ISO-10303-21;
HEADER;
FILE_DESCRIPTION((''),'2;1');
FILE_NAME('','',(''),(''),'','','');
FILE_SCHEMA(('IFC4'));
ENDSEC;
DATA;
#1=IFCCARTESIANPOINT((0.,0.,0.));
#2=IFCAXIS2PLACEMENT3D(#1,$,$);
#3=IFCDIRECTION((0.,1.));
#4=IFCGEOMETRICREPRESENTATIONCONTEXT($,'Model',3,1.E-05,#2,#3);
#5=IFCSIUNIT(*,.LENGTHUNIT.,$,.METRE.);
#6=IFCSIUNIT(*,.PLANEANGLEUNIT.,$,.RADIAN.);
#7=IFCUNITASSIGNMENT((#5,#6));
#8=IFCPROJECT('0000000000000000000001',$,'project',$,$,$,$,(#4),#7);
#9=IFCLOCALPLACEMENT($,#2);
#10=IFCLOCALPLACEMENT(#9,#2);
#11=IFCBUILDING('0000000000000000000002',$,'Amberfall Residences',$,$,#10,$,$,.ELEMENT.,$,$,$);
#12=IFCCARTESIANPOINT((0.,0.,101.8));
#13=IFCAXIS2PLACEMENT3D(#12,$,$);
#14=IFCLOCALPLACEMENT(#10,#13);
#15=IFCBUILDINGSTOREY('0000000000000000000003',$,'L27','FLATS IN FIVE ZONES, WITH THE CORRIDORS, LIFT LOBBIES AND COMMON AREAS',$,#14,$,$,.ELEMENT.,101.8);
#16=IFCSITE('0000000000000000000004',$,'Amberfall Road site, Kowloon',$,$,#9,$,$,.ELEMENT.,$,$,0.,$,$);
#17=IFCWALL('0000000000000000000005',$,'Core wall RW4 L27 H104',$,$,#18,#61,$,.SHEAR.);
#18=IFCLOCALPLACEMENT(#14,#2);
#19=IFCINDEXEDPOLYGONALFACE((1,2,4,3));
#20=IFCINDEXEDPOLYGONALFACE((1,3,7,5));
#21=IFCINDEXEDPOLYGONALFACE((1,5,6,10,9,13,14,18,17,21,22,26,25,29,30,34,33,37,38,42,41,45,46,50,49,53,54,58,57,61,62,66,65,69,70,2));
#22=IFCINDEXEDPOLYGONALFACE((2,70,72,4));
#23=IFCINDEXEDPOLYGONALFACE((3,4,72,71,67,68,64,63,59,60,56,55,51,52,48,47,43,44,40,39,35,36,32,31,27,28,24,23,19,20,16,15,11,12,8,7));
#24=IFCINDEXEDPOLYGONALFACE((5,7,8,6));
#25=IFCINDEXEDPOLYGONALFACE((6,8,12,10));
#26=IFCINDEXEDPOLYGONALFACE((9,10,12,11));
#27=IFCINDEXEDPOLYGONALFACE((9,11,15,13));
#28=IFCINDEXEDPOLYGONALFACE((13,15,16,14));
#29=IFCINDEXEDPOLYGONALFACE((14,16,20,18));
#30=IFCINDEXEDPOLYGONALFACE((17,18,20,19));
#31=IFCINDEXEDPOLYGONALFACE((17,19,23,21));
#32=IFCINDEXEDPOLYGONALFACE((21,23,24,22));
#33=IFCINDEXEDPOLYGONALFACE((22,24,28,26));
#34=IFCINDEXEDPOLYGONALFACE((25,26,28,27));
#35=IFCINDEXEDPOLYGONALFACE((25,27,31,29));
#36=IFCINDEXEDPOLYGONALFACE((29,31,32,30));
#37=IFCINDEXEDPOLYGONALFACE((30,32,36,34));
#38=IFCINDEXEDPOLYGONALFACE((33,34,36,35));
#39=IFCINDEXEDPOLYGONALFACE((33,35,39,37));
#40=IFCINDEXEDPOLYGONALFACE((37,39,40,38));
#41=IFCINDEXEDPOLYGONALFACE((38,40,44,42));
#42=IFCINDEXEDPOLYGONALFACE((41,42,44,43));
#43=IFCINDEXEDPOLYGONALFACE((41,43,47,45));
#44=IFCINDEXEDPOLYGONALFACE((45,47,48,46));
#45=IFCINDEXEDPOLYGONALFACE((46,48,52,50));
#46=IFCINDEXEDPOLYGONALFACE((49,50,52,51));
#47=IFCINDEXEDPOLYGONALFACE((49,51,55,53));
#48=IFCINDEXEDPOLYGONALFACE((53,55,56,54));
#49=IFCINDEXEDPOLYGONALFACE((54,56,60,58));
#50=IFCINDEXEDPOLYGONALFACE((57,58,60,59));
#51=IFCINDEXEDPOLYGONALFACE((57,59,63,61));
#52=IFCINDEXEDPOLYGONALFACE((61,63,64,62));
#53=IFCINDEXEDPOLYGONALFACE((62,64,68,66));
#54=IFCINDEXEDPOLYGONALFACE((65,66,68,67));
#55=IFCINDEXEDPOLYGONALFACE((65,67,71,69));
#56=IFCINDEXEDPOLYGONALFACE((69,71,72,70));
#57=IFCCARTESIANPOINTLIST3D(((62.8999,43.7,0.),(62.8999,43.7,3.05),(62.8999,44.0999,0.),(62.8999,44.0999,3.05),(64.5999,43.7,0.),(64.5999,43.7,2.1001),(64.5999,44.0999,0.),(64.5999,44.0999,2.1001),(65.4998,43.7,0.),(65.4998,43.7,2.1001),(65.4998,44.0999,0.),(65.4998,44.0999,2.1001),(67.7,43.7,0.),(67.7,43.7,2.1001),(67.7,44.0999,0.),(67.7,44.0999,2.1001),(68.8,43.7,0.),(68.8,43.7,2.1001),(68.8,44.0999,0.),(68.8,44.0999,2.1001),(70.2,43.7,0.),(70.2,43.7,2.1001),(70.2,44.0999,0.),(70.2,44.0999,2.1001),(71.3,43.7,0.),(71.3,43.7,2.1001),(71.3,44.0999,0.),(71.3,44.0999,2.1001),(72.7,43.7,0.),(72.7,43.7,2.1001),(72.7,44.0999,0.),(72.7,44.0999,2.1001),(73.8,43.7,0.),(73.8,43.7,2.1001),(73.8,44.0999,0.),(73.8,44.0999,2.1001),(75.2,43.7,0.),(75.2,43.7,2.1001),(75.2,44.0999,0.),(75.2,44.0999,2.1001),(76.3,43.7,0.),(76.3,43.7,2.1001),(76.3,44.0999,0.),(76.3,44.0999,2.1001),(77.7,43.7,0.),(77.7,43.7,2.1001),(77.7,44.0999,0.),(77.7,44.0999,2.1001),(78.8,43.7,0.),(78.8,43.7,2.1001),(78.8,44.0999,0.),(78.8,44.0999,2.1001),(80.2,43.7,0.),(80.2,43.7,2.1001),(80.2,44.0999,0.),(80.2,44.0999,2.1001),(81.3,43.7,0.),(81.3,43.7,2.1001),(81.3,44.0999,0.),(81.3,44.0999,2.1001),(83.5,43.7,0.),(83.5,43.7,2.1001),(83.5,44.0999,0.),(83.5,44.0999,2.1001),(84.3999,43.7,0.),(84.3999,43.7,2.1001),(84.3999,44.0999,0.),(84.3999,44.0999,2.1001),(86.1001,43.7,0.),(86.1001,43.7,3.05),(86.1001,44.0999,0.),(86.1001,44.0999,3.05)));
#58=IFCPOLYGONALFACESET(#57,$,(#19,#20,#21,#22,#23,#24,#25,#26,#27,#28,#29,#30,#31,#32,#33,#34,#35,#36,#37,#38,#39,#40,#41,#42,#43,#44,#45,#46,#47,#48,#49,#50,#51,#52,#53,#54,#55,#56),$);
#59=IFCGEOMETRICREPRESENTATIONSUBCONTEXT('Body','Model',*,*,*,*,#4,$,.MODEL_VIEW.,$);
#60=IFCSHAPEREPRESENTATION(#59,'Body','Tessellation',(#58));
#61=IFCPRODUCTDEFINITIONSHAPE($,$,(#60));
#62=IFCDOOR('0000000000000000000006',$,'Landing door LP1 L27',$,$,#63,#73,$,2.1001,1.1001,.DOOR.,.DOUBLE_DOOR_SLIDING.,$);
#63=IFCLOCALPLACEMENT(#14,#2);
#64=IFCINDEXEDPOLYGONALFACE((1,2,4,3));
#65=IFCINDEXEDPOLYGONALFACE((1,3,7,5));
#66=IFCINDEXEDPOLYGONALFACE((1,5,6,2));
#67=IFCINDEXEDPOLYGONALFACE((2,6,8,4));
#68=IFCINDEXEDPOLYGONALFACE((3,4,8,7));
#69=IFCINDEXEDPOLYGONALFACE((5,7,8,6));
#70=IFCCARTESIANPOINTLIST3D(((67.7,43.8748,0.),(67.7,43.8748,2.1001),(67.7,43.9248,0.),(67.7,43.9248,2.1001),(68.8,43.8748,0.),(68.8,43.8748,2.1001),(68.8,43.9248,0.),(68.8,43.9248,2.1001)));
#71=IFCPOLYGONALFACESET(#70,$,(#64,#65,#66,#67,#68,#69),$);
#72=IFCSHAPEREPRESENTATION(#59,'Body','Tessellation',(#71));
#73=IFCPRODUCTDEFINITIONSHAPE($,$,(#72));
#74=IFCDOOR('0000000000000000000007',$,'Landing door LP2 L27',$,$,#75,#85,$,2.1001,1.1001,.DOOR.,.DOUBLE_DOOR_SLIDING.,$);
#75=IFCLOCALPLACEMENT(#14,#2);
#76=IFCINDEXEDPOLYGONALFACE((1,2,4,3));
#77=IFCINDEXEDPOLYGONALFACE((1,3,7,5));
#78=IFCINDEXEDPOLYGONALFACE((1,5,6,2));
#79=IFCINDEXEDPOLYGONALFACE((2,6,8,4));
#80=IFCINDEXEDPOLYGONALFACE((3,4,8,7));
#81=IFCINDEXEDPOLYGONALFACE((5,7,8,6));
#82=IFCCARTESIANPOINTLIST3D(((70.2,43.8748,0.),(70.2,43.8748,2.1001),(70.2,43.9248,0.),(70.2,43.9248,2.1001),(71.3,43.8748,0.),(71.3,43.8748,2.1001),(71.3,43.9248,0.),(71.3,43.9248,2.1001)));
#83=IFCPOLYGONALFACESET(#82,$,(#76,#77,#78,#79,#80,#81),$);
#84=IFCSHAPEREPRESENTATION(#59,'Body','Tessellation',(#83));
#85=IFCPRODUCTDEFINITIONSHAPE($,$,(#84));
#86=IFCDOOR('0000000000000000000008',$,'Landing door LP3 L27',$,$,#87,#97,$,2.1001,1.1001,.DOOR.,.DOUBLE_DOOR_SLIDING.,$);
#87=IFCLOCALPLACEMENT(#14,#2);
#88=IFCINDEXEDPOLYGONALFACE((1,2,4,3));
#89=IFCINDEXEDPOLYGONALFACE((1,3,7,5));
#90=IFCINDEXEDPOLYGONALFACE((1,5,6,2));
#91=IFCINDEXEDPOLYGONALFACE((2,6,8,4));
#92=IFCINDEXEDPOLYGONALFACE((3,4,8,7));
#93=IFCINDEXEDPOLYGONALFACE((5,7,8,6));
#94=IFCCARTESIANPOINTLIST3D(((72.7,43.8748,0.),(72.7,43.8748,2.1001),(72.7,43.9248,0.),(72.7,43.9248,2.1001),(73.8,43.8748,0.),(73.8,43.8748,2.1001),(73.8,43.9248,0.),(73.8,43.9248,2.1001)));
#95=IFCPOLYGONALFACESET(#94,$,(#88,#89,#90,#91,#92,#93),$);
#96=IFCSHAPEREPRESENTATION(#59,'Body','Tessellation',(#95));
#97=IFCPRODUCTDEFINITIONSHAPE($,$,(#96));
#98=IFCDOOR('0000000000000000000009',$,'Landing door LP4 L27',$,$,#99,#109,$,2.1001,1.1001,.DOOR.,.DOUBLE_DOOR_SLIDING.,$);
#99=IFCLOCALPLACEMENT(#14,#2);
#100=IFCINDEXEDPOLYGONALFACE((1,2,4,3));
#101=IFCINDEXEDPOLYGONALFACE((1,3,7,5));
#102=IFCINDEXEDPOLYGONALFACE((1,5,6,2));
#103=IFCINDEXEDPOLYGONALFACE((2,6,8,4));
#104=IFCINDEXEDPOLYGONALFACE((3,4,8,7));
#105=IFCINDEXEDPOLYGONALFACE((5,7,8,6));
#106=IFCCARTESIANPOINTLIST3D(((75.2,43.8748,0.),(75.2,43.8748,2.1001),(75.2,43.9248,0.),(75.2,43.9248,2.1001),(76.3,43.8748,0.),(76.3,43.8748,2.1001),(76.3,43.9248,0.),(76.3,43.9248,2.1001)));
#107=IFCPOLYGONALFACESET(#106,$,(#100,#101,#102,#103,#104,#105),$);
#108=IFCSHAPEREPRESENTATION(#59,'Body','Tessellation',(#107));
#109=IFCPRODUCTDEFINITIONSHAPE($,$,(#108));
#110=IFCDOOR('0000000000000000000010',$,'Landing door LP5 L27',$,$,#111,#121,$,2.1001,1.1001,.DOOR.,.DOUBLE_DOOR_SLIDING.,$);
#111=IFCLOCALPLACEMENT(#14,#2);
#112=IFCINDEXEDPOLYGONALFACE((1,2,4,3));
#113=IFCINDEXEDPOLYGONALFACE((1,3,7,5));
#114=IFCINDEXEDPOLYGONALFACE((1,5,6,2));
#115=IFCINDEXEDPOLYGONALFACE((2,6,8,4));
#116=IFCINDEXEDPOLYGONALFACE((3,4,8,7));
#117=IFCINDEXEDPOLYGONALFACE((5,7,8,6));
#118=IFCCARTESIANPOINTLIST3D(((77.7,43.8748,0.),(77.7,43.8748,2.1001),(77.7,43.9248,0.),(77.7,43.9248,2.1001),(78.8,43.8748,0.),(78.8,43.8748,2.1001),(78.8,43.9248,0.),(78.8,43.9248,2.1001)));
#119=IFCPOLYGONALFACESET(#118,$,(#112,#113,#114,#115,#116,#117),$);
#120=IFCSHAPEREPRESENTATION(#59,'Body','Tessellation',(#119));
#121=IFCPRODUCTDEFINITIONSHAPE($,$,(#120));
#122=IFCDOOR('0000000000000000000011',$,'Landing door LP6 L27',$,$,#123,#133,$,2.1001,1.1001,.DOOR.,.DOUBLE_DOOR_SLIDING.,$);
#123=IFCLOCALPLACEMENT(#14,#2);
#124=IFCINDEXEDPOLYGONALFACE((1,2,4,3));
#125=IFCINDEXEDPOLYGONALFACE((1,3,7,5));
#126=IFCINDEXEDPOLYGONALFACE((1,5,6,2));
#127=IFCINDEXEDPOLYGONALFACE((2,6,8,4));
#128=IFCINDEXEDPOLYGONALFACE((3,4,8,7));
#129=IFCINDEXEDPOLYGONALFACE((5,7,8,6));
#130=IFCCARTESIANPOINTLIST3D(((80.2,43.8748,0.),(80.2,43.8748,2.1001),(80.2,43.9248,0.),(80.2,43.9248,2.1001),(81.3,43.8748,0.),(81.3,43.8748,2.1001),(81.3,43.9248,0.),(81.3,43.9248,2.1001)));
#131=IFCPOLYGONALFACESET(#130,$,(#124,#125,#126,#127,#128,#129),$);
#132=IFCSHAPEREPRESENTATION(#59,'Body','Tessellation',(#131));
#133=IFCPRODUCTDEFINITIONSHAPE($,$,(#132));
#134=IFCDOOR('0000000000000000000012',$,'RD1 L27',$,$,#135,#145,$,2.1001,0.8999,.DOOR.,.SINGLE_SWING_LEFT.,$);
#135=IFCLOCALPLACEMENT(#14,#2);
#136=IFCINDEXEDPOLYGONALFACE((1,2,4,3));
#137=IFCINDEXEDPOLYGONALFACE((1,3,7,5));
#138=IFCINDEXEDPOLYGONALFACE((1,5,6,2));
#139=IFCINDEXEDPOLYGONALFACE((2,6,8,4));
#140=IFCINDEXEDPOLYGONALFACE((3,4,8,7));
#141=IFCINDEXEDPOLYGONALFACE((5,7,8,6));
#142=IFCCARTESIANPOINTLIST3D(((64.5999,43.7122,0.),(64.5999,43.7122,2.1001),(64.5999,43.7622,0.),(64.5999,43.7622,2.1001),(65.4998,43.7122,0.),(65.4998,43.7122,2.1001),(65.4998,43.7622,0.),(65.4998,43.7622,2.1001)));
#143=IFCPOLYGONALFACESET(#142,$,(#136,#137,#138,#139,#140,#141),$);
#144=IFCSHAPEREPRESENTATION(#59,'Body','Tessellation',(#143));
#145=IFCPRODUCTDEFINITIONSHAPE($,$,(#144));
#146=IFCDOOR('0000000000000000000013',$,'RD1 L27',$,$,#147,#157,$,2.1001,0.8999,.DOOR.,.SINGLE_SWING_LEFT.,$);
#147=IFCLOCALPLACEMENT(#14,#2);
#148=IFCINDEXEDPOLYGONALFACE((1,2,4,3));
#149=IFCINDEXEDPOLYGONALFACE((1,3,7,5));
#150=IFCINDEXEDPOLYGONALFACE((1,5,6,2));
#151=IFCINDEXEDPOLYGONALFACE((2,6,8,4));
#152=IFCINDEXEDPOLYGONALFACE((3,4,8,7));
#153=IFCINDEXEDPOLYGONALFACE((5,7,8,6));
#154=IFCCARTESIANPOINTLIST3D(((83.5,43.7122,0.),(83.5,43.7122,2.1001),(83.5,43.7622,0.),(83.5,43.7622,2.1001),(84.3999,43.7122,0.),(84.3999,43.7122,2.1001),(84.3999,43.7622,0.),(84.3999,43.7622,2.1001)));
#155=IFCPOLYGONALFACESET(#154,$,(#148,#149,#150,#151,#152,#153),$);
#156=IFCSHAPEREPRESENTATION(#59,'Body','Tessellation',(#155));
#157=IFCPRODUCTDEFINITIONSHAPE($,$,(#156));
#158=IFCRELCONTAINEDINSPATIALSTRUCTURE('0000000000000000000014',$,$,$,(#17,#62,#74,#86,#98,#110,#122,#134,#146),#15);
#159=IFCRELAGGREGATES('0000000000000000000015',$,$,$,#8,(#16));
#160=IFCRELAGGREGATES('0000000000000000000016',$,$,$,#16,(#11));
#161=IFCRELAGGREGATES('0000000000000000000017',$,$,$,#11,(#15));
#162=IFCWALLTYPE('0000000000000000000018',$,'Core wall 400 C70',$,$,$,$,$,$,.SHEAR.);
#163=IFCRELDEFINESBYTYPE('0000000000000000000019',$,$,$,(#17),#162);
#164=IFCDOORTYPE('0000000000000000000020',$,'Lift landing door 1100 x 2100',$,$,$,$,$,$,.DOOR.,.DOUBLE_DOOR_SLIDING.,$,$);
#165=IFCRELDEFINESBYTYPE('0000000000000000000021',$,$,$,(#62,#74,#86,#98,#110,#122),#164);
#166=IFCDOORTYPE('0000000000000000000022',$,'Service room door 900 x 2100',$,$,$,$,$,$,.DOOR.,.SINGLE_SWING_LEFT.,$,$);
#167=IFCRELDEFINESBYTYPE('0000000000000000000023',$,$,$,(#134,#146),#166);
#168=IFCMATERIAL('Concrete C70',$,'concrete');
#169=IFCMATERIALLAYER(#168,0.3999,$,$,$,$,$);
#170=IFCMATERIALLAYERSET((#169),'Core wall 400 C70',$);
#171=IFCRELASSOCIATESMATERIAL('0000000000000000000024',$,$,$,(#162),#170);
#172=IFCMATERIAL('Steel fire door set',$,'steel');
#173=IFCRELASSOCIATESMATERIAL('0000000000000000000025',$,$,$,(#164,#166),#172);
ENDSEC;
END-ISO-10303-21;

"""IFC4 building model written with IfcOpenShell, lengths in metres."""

from ifc_helpers import new_model, si_unit, direction, frame, frame_2d, origin, place, context, subcontext, project, spatial, rectangle, extrude, material, layer, layer_set, type_object, element, fill, save


model = new_model("IFC4")

# Units and contexts
model_context = context("Model", 3, precision=1e-05, world=origin(), true_north=direction((0.0, 1.0)))
body_context = subcontext(model_context, "Body", "Model", "MODEL_VIEW")
ifc_project = project(units=[si_unit("LENGTHUNIT", "METRE"), si_unit("PLANEANGLEUNIT", "RADIAN")], contexts=[model_context])

# Site, building, storey
site_placement = place(None, origin())
site = spatial("IfcSite", under=ifc_project, at=site_placement, Name="Amberfall Road site, Kowloon", CompositionType="ELEMENT", RefElevation=0.0)
building_placement = place(site_placement, origin())
building = spatial("IfcBuilding", under=site, at=building_placement, Name="Amberfall Residences", CompositionType="ELEMENT")
storey_placement = place(building_placement, frame((0.0, 0.0, 101.8)))
storey = spatial("IfcBuildingStorey", under=building, at=storey_placement, Name="L27", Description="FLATS IN FIVE ZONES, WITH THE CORRIDORS, LIFT LOBBIES AND COMMON AREAS", CompositionType="ELEMENT", Elevation=101.8)

# Shared definitions
ifc_material_1 = material(Name="Concrete C70", Category="concrete")
ifc_layer_1 = layer(ifc_material_1, 0.3999)
ifc_layer_set_1 = layer_set([ifc_layer_1], Name="Core wall 400 C70")
wall_type_1 = type_object("IfcWallType", Name="Core wall 400 C70", PredefinedType="SHEAR", material=ifc_layer_set_1)

# Wall, openings, doors
wall_1_placement = place(storey_placement, frame((62.8999, 43.8999, 0.0), z_axis=(0.0, 0.0, 1.0), x_axis=(1.0, 0.0, 0.0)))
wall_1 = element("IfcWall", 1, at=wall_1_placement, inside=storey, type_object=wall_type_1, Name="Core wall RW4 L27 H104", PredefinedType="SHEAR", context=body_context, shape_type="SweptSolid", body=[
    extrude(rectangle(XDim=23.2002, YDim=0.3999, at=frame_2d((11.6001, 0.0))), origin(), (0.0, 0.0, 1.0), 3.05),
])
opening_1_placement = place(wall_1_placement, frame((1.7, 0.0, 0.0)))
opening_1 = element("IfcOpeningElement", 2, at=opening_1_placement, cuts=wall_1, PredefinedType="OPENING", context=body_context, shape_type="SweptSolid", body=[
    extrude(rectangle(XDim=0.8999, YDim=2.1001, at=frame_2d((0.45, 1.05))), frame((0.0, 0.21, 0.0), z_axis=(0.0, -1.0, 0.0), x_axis=(1.0, 0.0, 0.0)), (0.0, 0.0, 1.0), 0.4199),
])
opening_2_placement = place(wall_1_placement, frame((20.6001, 0.0, 0.0)))
opening_2 = element("IfcOpeningElement", 3, at=opening_2_placement, cuts=wall_1, PredefinedType="OPENING", context=body_context, shape_type="SweptSolid", body=[
    extrude(rectangle(XDim=0.8999, YDim=2.1001, at=frame_2d((0.45, 1.05))), frame((0.0, 0.21, 0.0), z_axis=(0.0, -1.0, 0.0), x_axis=(1.0, 0.0, 0.0)), (0.0, 0.0, 1.0), 0.4199),
])
opening_3_placement = place(wall_1_placement, frame((4.8, 0.0, 0.0)))
opening_3 = element("IfcOpeningElement", 4, at=opening_3_placement, cuts=wall_1, PredefinedType="OPENING", context=body_context, shape_type="SweptSolid", body=[
    extrude(rectangle(XDim=1.1001, YDim=2.1001, at=frame_2d((0.55, 1.05))), frame((0.0, 0.21, 0.0), z_axis=(0.0, -1.0, 0.0), x_axis=(1.0, 0.0, 0.0)), (0.0, 0.0, 1.0), 0.4199),
])
opening_4_placement = place(wall_1_placement, frame((7.3, 0.0, 0.0)))
opening_4 = element("IfcOpeningElement", 5, at=opening_4_placement, cuts=wall_1, PredefinedType="OPENING", context=body_context, shape_type="SweptSolid", body=[
    extrude(rectangle(XDim=1.1001, YDim=2.1001, at=frame_2d((0.55, 1.05))), frame((0.0, 0.21, 0.0), z_axis=(0.0, -1.0, 0.0), x_axis=(1.0, 0.0, 0.0)), (0.0, 0.0, 1.0), 0.4199),
])
opening_5_placement = place(wall_1_placement, frame((9.8, 0.0, 0.0)))
opening_5 = element("IfcOpeningElement", 6, at=opening_5_placement, cuts=wall_1, PredefinedType="OPENING", context=body_context, shape_type="SweptSolid", body=[
    extrude(rectangle(XDim=1.1001, YDim=2.1001, at=frame_2d((0.55, 1.05))), frame((0.0, 0.21, 0.0), z_axis=(0.0, -1.0, 0.0), x_axis=(1.0, 0.0, 0.0)), (0.0, 0.0, 1.0), 0.4199),
])
opening_6_placement = place(wall_1_placement, frame((12.3, 0.0, 0.0)))
opening_6 = element("IfcOpeningElement", 7, at=opening_6_placement, cuts=wall_1, PredefinedType="OPENING", context=body_context, shape_type="SweptSolid", body=[
    extrude(rectangle(XDim=1.1001, YDim=2.1001, at=frame_2d((0.55, 1.05))), frame((0.0, 0.21, 0.0), z_axis=(0.0, -1.0, 0.0), x_axis=(1.0, 0.0, 0.0)), (0.0, 0.0, 1.0), 0.4199),
])
opening_7_placement = place(wall_1_placement, frame((14.8, 0.0, 0.0)))
opening_7 = element("IfcOpeningElement", 8, at=opening_7_placement, cuts=wall_1, PredefinedType="OPENING", context=body_context, shape_type="SweptSolid", body=[
    extrude(rectangle(XDim=1.1001, YDim=2.1001, at=frame_2d((0.55, 1.05))), frame((0.0, 0.21, 0.0), z_axis=(0.0, -1.0, 0.0), x_axis=(1.0, 0.0, 0.0)), (0.0, 0.0, 1.0), 0.4199),
])
opening_8_placement = place(wall_1_placement, frame((17.3, 0.0, 0.0)))
opening_8 = element("IfcOpeningElement", 9, at=opening_8_placement, cuts=wall_1, PredefinedType="OPENING", context=body_context, shape_type="SweptSolid", body=[
    extrude(rectangle(XDim=1.1001, YDim=2.1001, at=frame_2d((0.55, 1.05))), frame((0.0, 0.21, 0.0), z_axis=(0.0, -1.0, 0.0), x_axis=(1.0, 0.0, 0.0)), (0.0, 0.0, 1.0), 0.4199),
])
ifc_material_2 = material(Name="Steel fire door set", Category="steel")
door_type_1 = type_object("IfcDoorType", Name="Lift landing door 1100 x 2100", OperationType="DOUBLE_DOOR_SLIDING", PredefinedType="DOOR", material=ifc_material_2)
door_1_placement = place(opening_3_placement, origin())
door_1 = element("IfcDoor", 10, at=door_1_placement, inside=storey, type_object=door_type_1, Name="Landing door LP1 L27", OperationType="DOUBLE_DOOR_SLIDING", OverallHeight=2.1001, OverallWidth=1.1001, PredefinedType="DOOR", context=body_context, shape_type="SweptSolid", body=[
    extrude(rectangle(XDim=1.1001, YDim=2.1001, at=frame_2d((0.55, 1.05))), frame((0.0, 0.0249, 0.0), z_axis=(0.0, -1.0, 0.0), x_axis=(1.0, 0.0, 0.0)), (0.0, 0.0, 1.0), 0.05),
])
fill(opening_3, door_1)
door_2_placement = place(opening_4_placement, origin())
door_2 = element("IfcDoor", 11, at=door_2_placement, inside=storey, type_object=door_type_1, Name="Landing door LP2 L27", OperationType="DOUBLE_DOOR_SLIDING", OverallHeight=2.1001, OverallWidth=1.1001, PredefinedType="DOOR", context=body_context, shape_type="SweptSolid", body=[
    extrude(rectangle(XDim=1.1001, YDim=2.1001, at=frame_2d((0.55, 1.05))), frame((0.0, 0.0249, 0.0), z_axis=(0.0, -1.0, 0.0), x_axis=(1.0, 0.0, 0.0)), (0.0, 0.0, 1.0), 0.05),
])
fill(opening_4, door_2)
door_3_placement = place(opening_5_placement, origin())
door_3 = element("IfcDoor", 12, at=door_3_placement, inside=storey, type_object=door_type_1, Name="Landing door LP3 L27", OperationType="DOUBLE_DOOR_SLIDING", OverallHeight=2.1001, OverallWidth=1.1001, PredefinedType="DOOR", context=body_context, shape_type="SweptSolid", body=[
    extrude(rectangle(XDim=1.1001, YDim=2.1001, at=frame_2d((0.55, 1.05))), frame((0.0, 0.0249, 0.0), z_axis=(0.0, -1.0, 0.0), x_axis=(1.0, 0.0, 0.0)), (0.0, 0.0, 1.0), 0.05),
])
fill(opening_5, door_3)
door_4_placement = place(opening_6_placement, origin())
door_4 = element("IfcDoor", 13, at=door_4_placement, inside=storey, type_object=door_type_1, Name="Landing door LP4 L27", OperationType="DOUBLE_DOOR_SLIDING", OverallHeight=2.1001, OverallWidth=1.1001, PredefinedType="DOOR", context=body_context, shape_type="SweptSolid", body=[
    extrude(rectangle(XDim=1.1001, YDim=2.1001, at=frame_2d((0.55, 1.05))), frame((0.0, 0.0249, 0.0), z_axis=(0.0, -1.0, 0.0), x_axis=(1.0, 0.0, 0.0)), (0.0, 0.0, 1.0), 0.05),
])
fill(opening_6, door_4)
door_5_placement = place(opening_7_placement, origin())
door_5 = element("IfcDoor", 14, at=door_5_placement, inside=storey, type_object=door_type_1, Name="Landing door LP5 L27", OperationType="DOUBLE_DOOR_SLIDING", OverallHeight=2.1001, OverallWidth=1.1001, PredefinedType="DOOR", context=body_context, shape_type="SweptSolid", body=[
    extrude(rectangle(XDim=1.1001, YDim=2.1001, at=frame_2d((0.55, 1.05))), frame((0.0, 0.0249, 0.0), z_axis=(0.0, -1.0, 0.0), x_axis=(1.0, 0.0, 0.0)), (0.0, 0.0, 1.0), 0.05),
])
fill(opening_7, door_5)
door_6_placement = place(opening_8_placement, origin())
door_6 = element("IfcDoor", 15, at=door_6_placement, inside=storey, type_object=door_type_1, Name="Landing door LP6 L27", OperationType="DOUBLE_DOOR_SLIDING", OverallHeight=2.1001, OverallWidth=1.1001, PredefinedType="DOOR", context=body_context, shape_type="SweptSolid", body=[
    extrude(rectangle(XDim=1.1001, YDim=2.1001, at=frame_2d((0.55, 1.05))), frame((0.0, 0.0249, 0.0), z_axis=(0.0, -1.0, 0.0), x_axis=(1.0, 0.0, 0.0)), (0.0, 0.0, 1.0), 0.05),
])
fill(opening_8, door_6)
door_type_2 = type_object("IfcDoorType", Name="Service room door 900 x 2100", OperationType="SINGLE_SWING_LEFT", PredefinedType="DOOR", material=ifc_material_2)
door_7_placement = place(opening_1_placement, origin())
door_7 = element("IfcDoor", 16, at=door_7_placement, inside=storey, type_object=door_type_2, Name="RD1 L27", OperationType="SINGLE_SWING_LEFT", OverallHeight=2.1001, OverallWidth=0.8999, PredefinedType="DOOR", context=body_context, shape_type="SweptSolid", body=[
    extrude(rectangle(XDim=0.8999, YDim=2.1001, at=frame_2d((0.45, 1.05))), frame((0.0, -0.1377, 0.0), z_axis=(0.0, -1.0, 0.0), x_axis=(1.0, 0.0, 0.0)), (0.0, 0.0, 1.0), 0.05),
])
fill(opening_1, door_7)
door_8_placement = place(opening_2_placement, origin())
door_8 = element("IfcDoor", 17, at=door_8_placement, inside=storey, type_object=door_type_2, Name="RD1 L27", OperationType="SINGLE_SWING_LEFT", OverallHeight=2.1001, OverallWidth=0.8999, PredefinedType="DOOR", context=body_context, shape_type="SweptSolid", body=[
    extrude(rectangle(XDim=0.8999, YDim=2.1001, at=frame_2d((0.45, 1.05))), frame((0.0, -0.1377, 0.0), z_axis=(0.0, -1.0, 0.0), x_axis=(1.0, 0.0, 0.0)), (0.0, 0.0, 1.0), 0.05),
])
fill(opening_2, door_8)

save(model, "model.ifc")
